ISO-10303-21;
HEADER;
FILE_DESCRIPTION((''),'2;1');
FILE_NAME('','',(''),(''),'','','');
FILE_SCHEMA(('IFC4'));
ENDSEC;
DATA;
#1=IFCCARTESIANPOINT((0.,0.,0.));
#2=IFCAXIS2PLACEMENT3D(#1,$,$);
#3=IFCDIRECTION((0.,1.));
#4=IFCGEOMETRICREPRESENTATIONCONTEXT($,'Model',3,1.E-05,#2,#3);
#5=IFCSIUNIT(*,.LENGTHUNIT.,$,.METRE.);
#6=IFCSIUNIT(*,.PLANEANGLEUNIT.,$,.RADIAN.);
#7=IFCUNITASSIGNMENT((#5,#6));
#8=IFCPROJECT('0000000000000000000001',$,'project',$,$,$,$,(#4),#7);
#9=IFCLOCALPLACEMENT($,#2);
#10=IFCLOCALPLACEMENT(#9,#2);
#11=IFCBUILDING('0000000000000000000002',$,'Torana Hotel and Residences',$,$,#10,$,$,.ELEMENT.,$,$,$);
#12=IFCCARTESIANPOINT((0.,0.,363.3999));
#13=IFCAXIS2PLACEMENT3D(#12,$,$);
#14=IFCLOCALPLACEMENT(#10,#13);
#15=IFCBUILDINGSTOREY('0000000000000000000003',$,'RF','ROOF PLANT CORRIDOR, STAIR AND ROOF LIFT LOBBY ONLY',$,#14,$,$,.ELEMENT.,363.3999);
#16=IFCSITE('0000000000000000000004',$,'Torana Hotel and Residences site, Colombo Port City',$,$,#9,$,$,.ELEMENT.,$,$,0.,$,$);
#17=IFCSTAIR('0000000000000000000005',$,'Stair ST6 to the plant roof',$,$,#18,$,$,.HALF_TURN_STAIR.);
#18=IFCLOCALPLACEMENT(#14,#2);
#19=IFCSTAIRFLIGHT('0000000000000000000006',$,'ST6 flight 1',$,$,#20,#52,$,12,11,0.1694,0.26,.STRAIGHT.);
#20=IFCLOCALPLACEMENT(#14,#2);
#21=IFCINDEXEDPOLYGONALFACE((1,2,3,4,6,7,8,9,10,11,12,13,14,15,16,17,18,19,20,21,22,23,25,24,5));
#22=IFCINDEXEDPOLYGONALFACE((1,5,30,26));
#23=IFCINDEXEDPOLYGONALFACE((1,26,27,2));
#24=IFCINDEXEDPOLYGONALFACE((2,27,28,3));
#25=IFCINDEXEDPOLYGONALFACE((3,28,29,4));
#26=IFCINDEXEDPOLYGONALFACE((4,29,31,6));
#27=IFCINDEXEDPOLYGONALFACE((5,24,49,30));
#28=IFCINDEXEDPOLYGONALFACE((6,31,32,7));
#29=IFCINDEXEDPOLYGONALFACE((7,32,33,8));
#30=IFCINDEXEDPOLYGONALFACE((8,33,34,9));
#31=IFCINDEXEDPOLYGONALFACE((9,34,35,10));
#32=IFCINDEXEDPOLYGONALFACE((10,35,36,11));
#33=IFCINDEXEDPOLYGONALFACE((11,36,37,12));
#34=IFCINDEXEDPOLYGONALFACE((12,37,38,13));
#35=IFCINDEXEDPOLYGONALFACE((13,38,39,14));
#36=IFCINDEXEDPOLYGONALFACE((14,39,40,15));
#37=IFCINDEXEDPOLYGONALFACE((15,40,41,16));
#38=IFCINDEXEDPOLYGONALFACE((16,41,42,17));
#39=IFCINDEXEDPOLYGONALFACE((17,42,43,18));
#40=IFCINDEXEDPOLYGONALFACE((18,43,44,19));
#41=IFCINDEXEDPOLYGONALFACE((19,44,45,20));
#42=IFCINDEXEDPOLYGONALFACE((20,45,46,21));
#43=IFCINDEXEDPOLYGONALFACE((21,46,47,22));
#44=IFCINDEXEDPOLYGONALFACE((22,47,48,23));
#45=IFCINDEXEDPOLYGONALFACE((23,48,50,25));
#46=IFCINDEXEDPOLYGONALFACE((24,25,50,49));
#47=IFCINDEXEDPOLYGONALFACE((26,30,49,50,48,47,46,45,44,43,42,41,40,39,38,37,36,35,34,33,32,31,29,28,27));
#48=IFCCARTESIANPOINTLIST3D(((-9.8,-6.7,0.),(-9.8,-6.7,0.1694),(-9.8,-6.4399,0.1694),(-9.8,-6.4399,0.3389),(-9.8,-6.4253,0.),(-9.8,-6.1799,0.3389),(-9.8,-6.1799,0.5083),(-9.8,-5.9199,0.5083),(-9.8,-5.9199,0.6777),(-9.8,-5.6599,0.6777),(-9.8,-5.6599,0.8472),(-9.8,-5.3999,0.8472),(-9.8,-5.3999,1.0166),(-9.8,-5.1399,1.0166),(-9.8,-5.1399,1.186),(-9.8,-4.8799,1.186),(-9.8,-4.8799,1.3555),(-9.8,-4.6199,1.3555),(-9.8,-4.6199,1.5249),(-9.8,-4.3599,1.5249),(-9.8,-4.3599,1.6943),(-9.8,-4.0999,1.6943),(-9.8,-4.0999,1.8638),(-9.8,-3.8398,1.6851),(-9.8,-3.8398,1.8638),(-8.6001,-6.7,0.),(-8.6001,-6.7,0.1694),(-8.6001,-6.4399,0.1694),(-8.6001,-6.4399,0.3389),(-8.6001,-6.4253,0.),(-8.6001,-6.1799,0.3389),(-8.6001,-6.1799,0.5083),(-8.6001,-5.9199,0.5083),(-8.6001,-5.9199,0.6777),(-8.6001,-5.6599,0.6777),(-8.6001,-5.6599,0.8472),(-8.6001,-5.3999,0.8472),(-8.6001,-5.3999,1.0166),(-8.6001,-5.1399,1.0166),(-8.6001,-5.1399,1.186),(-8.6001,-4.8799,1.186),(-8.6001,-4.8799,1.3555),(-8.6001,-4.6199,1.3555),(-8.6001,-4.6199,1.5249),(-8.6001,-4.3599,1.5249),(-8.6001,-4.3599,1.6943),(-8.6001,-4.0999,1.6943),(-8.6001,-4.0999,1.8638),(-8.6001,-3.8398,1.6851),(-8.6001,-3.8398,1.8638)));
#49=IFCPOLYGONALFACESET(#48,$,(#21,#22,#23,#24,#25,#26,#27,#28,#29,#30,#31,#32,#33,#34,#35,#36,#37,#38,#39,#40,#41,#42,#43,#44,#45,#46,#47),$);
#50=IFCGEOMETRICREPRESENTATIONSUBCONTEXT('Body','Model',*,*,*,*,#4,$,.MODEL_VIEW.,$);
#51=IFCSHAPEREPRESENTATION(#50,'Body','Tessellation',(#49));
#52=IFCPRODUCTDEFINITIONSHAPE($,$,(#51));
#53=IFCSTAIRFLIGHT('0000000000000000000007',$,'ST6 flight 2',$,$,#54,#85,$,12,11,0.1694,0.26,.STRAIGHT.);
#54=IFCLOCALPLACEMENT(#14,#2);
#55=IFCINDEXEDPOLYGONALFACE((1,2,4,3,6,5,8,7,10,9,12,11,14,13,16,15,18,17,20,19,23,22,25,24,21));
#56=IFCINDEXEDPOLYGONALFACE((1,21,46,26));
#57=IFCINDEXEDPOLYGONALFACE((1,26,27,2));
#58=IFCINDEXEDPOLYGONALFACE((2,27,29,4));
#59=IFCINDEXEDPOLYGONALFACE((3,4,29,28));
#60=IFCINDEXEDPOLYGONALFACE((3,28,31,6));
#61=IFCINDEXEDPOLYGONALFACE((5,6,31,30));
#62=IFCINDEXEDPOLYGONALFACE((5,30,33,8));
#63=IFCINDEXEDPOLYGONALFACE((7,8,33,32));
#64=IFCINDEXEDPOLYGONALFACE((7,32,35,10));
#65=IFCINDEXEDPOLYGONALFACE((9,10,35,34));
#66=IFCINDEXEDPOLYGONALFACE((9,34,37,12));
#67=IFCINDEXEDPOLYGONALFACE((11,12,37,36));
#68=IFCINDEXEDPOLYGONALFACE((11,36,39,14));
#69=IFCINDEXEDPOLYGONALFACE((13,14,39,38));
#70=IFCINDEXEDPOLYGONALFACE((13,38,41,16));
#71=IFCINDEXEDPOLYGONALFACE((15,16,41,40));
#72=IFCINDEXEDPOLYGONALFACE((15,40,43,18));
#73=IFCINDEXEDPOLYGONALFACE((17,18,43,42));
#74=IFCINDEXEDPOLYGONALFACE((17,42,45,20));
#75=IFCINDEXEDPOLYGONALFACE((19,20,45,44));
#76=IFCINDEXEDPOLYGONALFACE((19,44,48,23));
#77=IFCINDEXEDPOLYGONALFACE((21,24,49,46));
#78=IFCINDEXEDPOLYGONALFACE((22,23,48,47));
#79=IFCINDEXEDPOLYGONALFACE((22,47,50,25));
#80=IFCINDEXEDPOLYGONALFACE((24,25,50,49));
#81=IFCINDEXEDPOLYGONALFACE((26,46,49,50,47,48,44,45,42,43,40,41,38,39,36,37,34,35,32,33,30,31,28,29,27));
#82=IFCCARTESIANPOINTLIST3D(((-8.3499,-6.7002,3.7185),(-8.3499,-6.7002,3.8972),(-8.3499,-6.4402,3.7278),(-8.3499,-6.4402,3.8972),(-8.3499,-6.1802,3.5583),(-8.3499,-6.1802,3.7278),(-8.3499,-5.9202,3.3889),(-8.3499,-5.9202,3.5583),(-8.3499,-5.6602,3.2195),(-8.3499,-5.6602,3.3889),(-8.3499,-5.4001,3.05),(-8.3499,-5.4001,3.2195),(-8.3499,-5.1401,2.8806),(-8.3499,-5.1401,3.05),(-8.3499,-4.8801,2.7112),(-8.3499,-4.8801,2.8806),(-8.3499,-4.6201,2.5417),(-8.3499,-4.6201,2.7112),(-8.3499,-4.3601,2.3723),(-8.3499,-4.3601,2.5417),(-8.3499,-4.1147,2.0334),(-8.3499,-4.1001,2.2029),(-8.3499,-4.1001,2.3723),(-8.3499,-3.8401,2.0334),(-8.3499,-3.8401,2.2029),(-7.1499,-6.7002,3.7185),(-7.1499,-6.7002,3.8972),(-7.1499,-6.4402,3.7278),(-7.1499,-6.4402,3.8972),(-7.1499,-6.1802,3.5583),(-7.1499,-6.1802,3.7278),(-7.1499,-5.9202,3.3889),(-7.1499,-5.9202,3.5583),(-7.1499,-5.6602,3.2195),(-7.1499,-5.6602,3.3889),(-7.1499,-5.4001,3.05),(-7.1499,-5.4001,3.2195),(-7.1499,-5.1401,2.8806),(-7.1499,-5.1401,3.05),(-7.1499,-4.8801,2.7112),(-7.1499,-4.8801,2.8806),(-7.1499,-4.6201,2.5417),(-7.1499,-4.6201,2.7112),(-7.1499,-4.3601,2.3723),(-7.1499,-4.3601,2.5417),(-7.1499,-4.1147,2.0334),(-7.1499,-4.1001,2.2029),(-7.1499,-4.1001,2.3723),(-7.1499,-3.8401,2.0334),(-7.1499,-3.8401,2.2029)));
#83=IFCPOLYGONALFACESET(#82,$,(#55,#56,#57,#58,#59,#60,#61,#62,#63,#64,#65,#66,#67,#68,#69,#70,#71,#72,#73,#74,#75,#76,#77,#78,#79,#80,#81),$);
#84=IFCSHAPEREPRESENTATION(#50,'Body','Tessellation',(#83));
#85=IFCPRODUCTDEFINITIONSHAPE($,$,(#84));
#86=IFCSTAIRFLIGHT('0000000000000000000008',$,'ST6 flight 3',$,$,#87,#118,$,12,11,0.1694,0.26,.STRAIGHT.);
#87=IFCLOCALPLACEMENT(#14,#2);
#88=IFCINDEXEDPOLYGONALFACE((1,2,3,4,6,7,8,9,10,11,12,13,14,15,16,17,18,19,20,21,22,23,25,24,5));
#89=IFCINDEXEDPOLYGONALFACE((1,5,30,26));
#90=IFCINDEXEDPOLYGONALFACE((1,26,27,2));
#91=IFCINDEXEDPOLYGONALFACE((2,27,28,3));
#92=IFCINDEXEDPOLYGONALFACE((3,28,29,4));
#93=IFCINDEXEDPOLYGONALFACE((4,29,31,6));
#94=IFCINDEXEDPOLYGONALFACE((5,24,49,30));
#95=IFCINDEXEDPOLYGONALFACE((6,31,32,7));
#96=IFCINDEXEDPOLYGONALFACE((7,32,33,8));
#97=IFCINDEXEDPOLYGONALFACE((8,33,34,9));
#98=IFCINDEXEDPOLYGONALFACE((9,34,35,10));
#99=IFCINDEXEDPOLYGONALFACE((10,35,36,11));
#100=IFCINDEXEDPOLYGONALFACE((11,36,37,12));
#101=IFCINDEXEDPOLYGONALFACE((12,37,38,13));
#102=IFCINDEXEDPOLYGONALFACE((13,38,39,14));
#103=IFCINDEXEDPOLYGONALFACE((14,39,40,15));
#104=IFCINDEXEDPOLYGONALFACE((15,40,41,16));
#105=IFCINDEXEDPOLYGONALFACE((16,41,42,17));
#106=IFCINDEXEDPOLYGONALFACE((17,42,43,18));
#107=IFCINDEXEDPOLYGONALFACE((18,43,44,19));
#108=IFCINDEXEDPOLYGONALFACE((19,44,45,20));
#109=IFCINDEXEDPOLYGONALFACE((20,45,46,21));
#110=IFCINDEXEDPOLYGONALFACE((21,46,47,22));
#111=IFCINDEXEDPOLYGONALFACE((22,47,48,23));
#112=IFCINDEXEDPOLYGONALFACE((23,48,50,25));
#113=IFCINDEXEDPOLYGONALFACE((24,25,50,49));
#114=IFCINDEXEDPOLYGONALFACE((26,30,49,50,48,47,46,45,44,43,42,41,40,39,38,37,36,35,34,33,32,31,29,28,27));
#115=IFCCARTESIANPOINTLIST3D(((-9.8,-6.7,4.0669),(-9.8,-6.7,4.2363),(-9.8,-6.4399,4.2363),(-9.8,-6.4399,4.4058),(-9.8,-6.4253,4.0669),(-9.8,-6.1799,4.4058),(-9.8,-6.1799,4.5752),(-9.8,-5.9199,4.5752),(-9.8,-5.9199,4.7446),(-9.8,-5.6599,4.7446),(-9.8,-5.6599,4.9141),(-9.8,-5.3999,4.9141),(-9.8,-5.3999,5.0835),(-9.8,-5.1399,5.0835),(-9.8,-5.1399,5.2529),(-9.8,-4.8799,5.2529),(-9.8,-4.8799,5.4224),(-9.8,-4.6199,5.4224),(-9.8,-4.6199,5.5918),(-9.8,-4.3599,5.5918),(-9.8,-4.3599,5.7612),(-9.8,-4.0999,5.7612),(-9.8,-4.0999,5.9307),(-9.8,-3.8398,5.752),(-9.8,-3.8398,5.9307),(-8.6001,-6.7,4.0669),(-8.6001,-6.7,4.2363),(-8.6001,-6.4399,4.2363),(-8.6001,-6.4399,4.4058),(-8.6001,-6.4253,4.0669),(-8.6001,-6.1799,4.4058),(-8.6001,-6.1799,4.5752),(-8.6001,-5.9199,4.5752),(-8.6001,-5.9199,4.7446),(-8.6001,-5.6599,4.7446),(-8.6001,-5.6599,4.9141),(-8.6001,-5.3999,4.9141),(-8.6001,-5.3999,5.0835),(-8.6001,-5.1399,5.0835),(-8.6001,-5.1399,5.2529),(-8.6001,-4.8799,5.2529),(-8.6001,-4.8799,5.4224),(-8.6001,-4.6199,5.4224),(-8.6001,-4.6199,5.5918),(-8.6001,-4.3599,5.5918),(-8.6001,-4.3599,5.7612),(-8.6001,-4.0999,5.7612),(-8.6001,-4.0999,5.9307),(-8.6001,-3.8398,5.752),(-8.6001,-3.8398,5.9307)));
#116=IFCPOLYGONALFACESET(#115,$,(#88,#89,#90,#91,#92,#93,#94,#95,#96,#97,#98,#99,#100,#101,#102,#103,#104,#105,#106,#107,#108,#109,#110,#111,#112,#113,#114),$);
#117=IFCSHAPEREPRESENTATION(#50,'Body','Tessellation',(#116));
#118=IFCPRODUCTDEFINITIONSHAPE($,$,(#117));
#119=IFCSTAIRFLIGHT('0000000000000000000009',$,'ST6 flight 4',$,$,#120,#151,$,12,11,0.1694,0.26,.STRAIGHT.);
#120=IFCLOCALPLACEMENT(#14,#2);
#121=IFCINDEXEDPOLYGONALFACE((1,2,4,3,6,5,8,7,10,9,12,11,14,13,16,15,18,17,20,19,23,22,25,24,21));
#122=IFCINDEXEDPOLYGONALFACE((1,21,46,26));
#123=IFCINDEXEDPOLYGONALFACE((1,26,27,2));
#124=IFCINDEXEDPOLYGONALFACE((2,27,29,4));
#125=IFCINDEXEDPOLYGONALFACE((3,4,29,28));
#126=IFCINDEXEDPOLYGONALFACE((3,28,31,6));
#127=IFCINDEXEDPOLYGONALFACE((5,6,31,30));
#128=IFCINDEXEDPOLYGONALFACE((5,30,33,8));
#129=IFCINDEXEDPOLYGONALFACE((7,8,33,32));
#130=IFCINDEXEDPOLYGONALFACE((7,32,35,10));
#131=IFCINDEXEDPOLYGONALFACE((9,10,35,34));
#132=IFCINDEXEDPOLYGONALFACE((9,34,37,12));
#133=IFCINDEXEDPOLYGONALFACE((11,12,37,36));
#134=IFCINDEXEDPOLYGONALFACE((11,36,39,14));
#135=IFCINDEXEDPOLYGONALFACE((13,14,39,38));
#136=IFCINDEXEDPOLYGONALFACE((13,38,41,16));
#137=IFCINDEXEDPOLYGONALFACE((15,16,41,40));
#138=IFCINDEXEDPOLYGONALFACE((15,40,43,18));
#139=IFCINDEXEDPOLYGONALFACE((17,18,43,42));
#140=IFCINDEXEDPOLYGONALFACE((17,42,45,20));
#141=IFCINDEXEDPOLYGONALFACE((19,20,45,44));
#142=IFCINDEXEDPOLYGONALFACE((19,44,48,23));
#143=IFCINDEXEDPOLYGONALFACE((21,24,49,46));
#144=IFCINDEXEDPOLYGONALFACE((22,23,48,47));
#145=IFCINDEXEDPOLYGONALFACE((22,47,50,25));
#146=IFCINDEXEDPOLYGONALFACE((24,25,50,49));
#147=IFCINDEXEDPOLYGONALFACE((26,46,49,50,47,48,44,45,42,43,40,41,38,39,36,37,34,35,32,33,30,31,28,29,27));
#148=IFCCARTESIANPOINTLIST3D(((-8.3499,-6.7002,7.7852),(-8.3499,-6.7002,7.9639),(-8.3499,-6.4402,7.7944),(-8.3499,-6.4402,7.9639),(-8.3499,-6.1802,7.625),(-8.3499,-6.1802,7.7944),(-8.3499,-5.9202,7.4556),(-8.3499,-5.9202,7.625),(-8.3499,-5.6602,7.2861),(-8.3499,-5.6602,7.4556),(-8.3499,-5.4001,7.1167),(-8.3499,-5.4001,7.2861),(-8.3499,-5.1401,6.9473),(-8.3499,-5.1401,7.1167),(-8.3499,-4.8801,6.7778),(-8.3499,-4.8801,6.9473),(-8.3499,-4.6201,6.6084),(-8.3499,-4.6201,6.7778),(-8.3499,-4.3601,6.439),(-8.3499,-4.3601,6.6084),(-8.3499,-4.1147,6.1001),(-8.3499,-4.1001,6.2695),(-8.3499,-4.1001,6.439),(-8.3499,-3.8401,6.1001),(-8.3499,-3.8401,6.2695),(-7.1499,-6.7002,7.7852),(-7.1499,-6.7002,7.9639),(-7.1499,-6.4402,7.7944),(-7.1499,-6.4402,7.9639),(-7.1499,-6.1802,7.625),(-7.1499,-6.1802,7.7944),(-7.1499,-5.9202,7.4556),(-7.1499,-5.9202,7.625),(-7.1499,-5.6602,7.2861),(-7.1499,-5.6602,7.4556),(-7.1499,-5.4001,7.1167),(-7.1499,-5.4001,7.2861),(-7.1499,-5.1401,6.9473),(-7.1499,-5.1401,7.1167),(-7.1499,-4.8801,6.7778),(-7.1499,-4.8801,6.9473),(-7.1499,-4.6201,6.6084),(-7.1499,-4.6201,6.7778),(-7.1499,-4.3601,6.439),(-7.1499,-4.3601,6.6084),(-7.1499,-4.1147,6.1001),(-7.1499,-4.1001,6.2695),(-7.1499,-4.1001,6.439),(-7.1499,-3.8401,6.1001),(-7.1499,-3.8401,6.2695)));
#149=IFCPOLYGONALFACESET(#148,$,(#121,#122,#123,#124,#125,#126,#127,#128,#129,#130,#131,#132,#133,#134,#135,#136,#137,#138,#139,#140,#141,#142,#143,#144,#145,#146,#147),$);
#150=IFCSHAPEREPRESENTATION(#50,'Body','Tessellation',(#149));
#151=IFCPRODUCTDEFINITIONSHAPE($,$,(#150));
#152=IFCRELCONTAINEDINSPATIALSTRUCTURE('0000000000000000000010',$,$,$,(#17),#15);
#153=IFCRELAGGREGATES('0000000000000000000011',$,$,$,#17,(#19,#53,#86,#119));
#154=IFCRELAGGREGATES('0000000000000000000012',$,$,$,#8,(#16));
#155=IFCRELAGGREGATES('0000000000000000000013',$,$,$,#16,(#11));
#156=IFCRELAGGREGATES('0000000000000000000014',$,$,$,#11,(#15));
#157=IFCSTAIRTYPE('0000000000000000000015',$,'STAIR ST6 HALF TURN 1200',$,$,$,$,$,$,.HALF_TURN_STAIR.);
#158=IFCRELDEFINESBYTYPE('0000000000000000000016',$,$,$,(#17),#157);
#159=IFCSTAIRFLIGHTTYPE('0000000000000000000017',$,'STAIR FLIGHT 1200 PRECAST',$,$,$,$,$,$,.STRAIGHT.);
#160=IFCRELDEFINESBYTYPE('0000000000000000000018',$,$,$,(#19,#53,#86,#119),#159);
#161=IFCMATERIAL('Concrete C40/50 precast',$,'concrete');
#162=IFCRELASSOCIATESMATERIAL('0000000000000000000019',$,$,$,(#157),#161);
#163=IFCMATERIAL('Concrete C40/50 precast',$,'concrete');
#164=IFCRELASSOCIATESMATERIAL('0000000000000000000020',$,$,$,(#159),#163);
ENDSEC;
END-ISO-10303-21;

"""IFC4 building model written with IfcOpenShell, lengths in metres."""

from ifc_helpers import new_model, si_unit, direction, frame, origin, place, context, subcontext, project, spatial, polyline, outline, extrude, material, type_object, element, aggregate, save


model = new_model("IFC4")

# Units and contexts
model_context = context("Model", 3, precision=1e-05, world=origin(), true_north=direction((0.0, 1.0)))
body_context = subcontext(model_context, "Body", "Model", "MODEL_VIEW")
ifc_project = project(units=[si_unit("LENGTHUNIT", "METRE"), si_unit("PLANEANGLEUNIT", "RADIAN")], contexts=[model_context])

# Site, building, storey
site_placement = place(None, origin())
site = spatial("IfcSite", under=ifc_project, at=site_placement, Name="Torana Hotel and Residences site, Colombo Port City", CompositionType="ELEMENT", RefElevation=0.0)
building_placement = place(site_placement, origin())
building = spatial("IfcBuilding", under=site, at=building_placement, Name="Torana Hotel and Residences", CompositionType="ELEMENT")
storey_placement = place(building_placement, frame((0.0, 0.0, 363.3999)))
storey = spatial("IfcBuildingStorey", under=building, at=storey_placement, Name="RF", Description="ROOF PLANT CORRIDOR, STAIR AND ROOF LIFT LOBBY ONLY", CompositionType="ELEMENT", Elevation=363.3999)

# Stair, stair flights
ifc_material_1 = material(Name="Concrete C40/50 precast", Category="concrete")
stair_type = type_object("IfcStairType", Name="STAIR ST6 HALF TURN 1200", PredefinedType="HALF_TURN_STAIR", material=ifc_material_1)
stair_placement = place(storey_placement, origin())
stair = element("IfcStair", 1, at=stair_placement, inside=storey, type_object=stair_type, Name="Stair ST6 to the plant roof", PredefinedType="HALF_TURN_STAIR")
ifc_material_2 = material(Name="Concrete C40/50 precast", Category="concrete")
stair_flight_type = type_object("IfcStairFlightType", Name="STAIR FLIGHT 1200 PRECAST", PredefinedType="STRAIGHT", material=ifc_material_2)
stair_flight_1_placement = place(storey_placement, frame((-9.2, -6.7, 0.0), z_axis=(0.0, 0.0, 1.0), x_axis=(0.0, 1.0, 0.0)))
stair_flight_1 = element("IfcStairFlight", 2, at=stair_flight_1_placement, type_object=stair_flight_type, Name="ST6 flight 1", NumberOfRisers=12, NumberOfTreads=11, PredefinedType="STRAIGHT", RiserHeight=0.1694, TreadLength=0.26, context=body_context, shape_type="SweptSolid", body=[
    extrude(outline(polyline([(0.0, 0.0), (0.0, 0.1694), (0.26, 0.1694), (0.26, 0.3389), (0.52, 0.3389), (0.52, 0.5083), (0.78, 0.5083), (0.78, 0.6777), (1.04, 0.6777), (1.04, 0.8472), (1.3, 0.8472), (1.3, 1.0166), (1.5601, 1.0166), (1.5601, 1.186), (1.8201, 1.186), (1.8201, 1.3555), (2.0801, 1.3555), (2.0801, 1.5249), (2.3401, 1.5249), (2.3401, 1.6943), (2.6001, 1.6943), (2.6001, 1.8638), (2.8601, 1.8638), (2.8601, 2.0334), (2.8601, 1.6851), (0.2747, 0.0), (0.0, 0.0)])), frame((0.0, 0.6001, 0.0), z_axis=(0.0, -1.0, 0.0), x_axis=(1.0, 0.0, 0.0)), (0.0, 0.0, 1.0), 1.2),
])
stair_flight_2_placement = place(storey_placement, frame((-7.75, -3.8401, 2.0334), z_axis=(0.0, 0.0, 1.0), x_axis=(0.0, -1.0, 0.0)))
stair_flight_2 = element("IfcStairFlight", 3, at=stair_flight_2_placement, type_object=stair_flight_type, Name="ST6 flight 2", NumberOfRisers=12, NumberOfTreads=11, PredefinedType="STRAIGHT", RiserHeight=0.1694, TreadLength=0.26, context=body_context, shape_type="SweptSolid", body=[
    extrude(outline(polyline([(0.0, 0.0), (0.0, 0.1694), (0.26, 0.1694), (0.26, 0.3389), (0.52, 0.3389), (0.52, 0.5083), (0.78, 0.5083), (0.78, 0.6777), (1.04, 0.6777), (1.04, 0.8472), (1.3, 0.8472), (1.3, 1.0166), (1.5601, 1.0166), (1.5601, 1.186), (1.8201, 1.186), (1.8201, 1.3555), (2.0801, 1.3555), (2.0801, 1.5249), (2.3401, 1.5249), (2.3401, 1.6943), (2.6001, 1.6943), (2.6001, 1.8638), (2.8601, 1.8638), (2.8601, 2.0334), (2.8601, 1.6851), (0.2747, 0.0), (0.0, 0.0)])), frame((0.0, 0.6001, 0.0), z_axis=(0.0, -1.0, 0.0), x_axis=(1.0, 0.0, 0.0)), (0.0, 0.0, 1.0), 1.2),
])
stair_flight_3_placement = place(storey_placement, frame((-9.2, -6.7, 4.0669), z_axis=(0.0, 0.0, 1.0), x_axis=(0.0, 1.0, 0.0)))
stair_flight_3 = element("IfcStairFlight", 4, at=stair_flight_3_placement, type_object=stair_flight_type, Name="ST6 flight 3", NumberOfRisers=12, NumberOfTreads=11, PredefinedType="STRAIGHT", RiserHeight=0.1694, TreadLength=0.26, context=body_context, shape_type="SweptSolid", body=[
    extrude(outline(polyline([(0.0, 0.0), (0.0, 0.1694), (0.26, 0.1694), (0.26, 0.3389), (0.52, 0.3389), (0.52, 0.5083), (0.78, 0.5083), (0.78, 0.6777), (1.04, 0.6777), (1.04, 0.8472), (1.3, 0.8472), (1.3, 1.0166), (1.5601, 1.0166), (1.5601, 1.186), (1.8201, 1.186), (1.8201, 1.3555), (2.0801, 1.3555), (2.0801, 1.5249), (2.3401, 1.5249), (2.3401, 1.6943), (2.6001, 1.6943), (2.6001, 1.8638), (2.8601, 1.8638), (2.8601, 2.0334), (2.8601, 1.6851), (0.2747, 0.0), (0.0, 0.0)])), frame((0.0, 0.6001, 0.0), z_axis=(0.0, -1.0, 0.0), x_axis=(1.0, 0.0, 0.0)), (0.0, 0.0, 1.0), 1.2),
])
stair_flight_4_placement = place(storey_placement, frame((-7.75, -3.8401, 6.1001), z_axis=(0.0, 0.0, 1.0), x_axis=(0.0, -1.0, 0.0)))
stair_flight_4 = element("IfcStairFlight", 5, at=stair_flight_4_placement, type_object=stair_flight_type, Name="ST6 flight 4", NumberOfRisers=12, NumberOfTreads=11, PredefinedType="STRAIGHT", RiserHeight=0.1694, TreadLength=0.26, context=body_context, shape_type="SweptSolid", body=[
    extrude(outline(polyline([(0.0, 0.0), (0.0, 0.1694), (0.26, 0.1694), (0.26, 0.3389), (0.52, 0.3389), (0.52, 0.5083), (0.78, 0.5083), (0.78, 0.6777), (1.04, 0.6777), (1.04, 0.8472), (1.3, 0.8472), (1.3, 1.0166), (1.5601, 1.0166), (1.5601, 1.186), (1.8201, 1.186), (1.8201, 1.3555), (2.0801, 1.3555), (2.0801, 1.5249), (2.3401, 1.5249), (2.3401, 1.6943), (2.6001, 1.6943), (2.6001, 1.8638), (2.8601, 1.8638), (2.8601, 2.0334), (2.8601, 1.6851), (0.2747, 0.0), (0.0, 0.0)])), frame((0.0, 0.6001, 0.0), z_axis=(0.0, -1.0, 0.0), x_axis=(1.0, 0.0, 0.0)), (0.0, 0.0, 1.0), 1.2),
])
aggregate(stair, [stair_flight_1, stair_flight_2, stair_flight_3, stair_flight_4])

save(model, "model.ifc")
